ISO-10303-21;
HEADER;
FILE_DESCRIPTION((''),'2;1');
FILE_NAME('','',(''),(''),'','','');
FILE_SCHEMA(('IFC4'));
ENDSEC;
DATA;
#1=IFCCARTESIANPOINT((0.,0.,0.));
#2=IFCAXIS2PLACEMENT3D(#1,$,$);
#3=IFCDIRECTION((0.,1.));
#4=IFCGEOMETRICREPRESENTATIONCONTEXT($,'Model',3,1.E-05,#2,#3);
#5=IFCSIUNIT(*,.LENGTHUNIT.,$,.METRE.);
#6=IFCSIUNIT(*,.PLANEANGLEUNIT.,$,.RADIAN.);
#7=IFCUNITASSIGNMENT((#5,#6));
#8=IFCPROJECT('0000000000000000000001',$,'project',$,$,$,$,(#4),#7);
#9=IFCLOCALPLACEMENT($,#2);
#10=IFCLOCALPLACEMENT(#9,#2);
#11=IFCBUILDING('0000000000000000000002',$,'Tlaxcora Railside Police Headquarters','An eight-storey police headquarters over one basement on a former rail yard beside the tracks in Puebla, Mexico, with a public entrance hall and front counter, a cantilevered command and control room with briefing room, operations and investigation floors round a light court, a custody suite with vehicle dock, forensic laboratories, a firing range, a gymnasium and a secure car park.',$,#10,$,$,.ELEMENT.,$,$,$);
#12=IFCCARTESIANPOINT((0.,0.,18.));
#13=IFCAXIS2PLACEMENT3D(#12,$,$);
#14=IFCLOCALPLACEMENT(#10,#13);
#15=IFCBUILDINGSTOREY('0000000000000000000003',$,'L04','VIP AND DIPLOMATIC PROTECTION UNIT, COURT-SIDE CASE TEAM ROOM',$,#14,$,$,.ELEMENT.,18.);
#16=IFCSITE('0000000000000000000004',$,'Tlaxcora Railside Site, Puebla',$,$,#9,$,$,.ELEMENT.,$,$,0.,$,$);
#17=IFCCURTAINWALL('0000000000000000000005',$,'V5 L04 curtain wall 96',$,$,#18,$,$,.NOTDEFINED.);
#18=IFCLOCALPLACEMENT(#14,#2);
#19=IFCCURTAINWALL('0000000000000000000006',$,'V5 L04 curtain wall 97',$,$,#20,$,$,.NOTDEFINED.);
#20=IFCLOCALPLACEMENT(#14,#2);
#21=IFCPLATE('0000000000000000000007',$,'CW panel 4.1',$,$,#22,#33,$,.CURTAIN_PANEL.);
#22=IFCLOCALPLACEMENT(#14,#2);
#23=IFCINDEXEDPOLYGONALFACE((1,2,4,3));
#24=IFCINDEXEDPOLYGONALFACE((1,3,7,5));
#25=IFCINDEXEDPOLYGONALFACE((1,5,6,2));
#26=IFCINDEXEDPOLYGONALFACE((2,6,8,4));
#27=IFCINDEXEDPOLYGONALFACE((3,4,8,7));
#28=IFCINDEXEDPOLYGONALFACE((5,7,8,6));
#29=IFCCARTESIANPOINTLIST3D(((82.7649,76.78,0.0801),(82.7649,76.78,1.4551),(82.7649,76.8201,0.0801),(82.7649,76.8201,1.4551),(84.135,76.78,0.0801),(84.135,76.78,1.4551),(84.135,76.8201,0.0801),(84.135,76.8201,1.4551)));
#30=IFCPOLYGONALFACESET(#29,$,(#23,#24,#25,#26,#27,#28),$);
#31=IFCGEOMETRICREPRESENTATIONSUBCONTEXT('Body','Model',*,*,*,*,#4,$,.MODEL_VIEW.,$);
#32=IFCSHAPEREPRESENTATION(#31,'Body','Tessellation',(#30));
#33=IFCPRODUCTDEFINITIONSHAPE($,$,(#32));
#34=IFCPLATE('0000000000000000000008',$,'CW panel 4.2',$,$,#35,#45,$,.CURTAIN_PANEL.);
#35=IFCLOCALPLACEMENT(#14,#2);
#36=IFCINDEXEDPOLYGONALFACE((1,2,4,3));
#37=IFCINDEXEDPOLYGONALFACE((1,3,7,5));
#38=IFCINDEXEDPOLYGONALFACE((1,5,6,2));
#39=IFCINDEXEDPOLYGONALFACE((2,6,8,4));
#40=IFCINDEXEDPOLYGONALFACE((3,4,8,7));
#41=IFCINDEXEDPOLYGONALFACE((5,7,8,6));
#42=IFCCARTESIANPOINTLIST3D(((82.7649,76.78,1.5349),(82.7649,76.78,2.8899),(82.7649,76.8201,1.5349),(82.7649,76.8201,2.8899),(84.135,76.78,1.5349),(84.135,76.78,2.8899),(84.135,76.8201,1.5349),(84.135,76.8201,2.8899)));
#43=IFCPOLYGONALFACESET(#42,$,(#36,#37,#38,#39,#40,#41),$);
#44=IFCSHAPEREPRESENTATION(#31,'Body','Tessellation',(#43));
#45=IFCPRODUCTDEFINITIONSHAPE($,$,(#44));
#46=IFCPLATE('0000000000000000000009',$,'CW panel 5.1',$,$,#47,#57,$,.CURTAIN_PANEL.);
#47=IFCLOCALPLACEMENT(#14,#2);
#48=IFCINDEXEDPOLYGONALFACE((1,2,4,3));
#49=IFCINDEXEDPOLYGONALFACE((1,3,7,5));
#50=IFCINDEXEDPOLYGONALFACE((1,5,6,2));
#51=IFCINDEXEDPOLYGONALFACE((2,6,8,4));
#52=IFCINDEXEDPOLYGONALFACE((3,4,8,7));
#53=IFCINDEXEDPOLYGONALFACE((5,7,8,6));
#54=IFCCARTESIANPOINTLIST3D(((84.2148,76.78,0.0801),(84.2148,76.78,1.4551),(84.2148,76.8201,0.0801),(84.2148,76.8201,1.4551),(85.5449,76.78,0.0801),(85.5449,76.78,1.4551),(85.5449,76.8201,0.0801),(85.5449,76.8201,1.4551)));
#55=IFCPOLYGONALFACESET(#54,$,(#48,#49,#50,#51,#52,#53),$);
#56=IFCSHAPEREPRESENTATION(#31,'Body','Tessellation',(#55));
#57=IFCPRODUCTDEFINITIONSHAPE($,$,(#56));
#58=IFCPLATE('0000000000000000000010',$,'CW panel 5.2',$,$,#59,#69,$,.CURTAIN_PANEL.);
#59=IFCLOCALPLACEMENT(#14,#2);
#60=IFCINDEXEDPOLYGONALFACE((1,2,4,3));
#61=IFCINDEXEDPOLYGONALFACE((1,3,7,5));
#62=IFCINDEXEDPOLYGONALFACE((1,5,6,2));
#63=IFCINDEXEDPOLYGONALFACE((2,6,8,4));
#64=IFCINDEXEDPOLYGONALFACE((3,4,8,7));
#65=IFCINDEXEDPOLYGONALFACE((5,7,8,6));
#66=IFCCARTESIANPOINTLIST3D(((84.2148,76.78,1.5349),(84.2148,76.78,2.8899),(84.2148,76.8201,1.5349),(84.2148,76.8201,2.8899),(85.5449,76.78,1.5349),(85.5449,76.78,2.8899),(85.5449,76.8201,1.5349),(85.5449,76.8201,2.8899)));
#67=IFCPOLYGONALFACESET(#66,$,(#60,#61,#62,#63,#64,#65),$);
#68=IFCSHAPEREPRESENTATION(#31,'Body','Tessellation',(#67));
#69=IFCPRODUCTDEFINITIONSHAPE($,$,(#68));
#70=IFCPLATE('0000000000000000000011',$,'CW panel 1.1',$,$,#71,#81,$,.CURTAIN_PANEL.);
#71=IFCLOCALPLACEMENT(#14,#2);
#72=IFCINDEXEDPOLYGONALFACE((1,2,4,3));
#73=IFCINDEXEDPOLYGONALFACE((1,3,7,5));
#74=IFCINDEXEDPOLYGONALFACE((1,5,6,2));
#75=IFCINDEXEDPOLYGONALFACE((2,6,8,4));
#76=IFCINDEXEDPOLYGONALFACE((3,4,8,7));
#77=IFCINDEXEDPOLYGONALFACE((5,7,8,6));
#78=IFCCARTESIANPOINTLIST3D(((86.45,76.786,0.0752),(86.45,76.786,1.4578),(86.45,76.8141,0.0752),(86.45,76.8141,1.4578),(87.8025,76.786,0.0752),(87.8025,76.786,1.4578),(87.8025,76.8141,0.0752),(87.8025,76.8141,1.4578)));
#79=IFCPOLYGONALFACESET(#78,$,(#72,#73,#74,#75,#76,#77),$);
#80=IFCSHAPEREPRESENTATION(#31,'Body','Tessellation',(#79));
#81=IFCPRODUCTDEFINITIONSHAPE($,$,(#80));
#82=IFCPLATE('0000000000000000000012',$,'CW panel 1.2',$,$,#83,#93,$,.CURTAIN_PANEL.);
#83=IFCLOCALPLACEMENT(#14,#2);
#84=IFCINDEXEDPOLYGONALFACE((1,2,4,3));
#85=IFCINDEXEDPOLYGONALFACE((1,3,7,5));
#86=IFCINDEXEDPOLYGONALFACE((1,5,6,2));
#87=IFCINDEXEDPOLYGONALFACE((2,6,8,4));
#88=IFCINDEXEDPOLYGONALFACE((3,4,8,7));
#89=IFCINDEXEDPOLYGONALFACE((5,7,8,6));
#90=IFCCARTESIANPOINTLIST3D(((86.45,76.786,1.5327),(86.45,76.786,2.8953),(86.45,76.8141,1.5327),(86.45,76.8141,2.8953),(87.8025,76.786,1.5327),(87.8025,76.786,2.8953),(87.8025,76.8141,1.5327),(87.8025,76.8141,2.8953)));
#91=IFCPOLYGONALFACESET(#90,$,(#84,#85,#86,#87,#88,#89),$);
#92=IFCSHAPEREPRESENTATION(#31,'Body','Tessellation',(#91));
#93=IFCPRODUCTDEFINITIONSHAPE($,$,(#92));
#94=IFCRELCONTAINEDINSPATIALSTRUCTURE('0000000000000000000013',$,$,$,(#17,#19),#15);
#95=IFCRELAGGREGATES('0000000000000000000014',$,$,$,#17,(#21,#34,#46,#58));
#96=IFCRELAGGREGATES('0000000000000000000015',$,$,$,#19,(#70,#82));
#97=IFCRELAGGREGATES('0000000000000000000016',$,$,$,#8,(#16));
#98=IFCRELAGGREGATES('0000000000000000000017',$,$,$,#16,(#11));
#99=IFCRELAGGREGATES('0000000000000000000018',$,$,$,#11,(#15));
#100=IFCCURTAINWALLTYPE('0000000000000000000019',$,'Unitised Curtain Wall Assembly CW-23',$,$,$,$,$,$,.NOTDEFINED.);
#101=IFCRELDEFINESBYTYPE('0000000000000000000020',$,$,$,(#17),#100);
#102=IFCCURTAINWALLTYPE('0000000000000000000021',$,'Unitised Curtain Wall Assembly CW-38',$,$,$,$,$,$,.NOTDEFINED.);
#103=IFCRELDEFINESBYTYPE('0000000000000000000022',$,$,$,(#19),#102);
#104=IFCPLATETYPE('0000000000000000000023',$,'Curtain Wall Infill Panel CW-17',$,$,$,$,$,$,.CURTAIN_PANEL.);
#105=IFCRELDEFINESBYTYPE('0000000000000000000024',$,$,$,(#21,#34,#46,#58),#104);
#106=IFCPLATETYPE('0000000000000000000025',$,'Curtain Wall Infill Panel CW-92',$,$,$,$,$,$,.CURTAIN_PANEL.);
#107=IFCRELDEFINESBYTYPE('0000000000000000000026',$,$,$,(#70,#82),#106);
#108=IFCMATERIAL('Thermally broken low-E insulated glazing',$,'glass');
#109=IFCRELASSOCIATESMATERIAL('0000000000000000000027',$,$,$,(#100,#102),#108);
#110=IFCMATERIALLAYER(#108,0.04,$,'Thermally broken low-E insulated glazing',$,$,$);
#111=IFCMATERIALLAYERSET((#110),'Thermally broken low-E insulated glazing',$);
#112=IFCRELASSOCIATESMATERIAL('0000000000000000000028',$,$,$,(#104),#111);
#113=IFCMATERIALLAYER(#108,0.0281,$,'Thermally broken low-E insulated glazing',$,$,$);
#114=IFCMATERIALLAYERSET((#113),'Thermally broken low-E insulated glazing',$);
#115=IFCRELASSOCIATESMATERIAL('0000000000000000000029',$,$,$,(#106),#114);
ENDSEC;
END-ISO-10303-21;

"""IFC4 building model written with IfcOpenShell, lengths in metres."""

from ifc_helpers import new_model, si_unit, direction, frame, origin, origin_2d, place, context, subcontext, project, spatial, rectangle, extrude, material, layer, layer_set, type_object, element, aggregate, save


model = new_model("IFC4")

# Units and contexts
model_context = context("Model", 3, precision=1e-05, world=origin(), true_north=direction((0.0, 1.0)))
body_context = subcontext(model_context, "Body", "Model", "MODEL_VIEW")
ifc_project = project(units=[si_unit("LENGTHUNIT", "METRE"), si_unit("PLANEANGLEUNIT", "RADIAN")], contexts=[model_context])

# Site, building, storey
site_placement = place(None, origin())
site = spatial("IfcSite", under=ifc_project, at=site_placement, Name="Tlaxcora Railside Site, Puebla", CompositionType="ELEMENT", RefElevation=0.0)
building_placement = place(site_placement, origin())
building = spatial("IfcBuilding", under=site, at=building_placement, Name="Tlaxcora Railside Police Headquarters", Description="An eight-storey police headquarters over one basement on a former rail yard beside the tracks in Puebla, Mexico, with a public entrance hall and front counter, a cantilevered command and control room with briefing room, operations and investigation floors round a light court, a custody suite with vehicle dock, forensic laboratories, a firing range, a gymnasium and a secure car park.", CompositionType="ELEMENT")
storey_placement = place(building_placement, frame((0.0, 0.0, 18.0)))
storey = spatial("IfcBuildingStorey", under=building, at=storey_placement, Name="L04", Description="VIP AND DIPLOMATIC PROTECTION UNIT, COURT-SIDE CASE TEAM ROOM", CompositionType="ELEMENT", Elevation=18.0)

# Curtain walls
ifc_material_1 = material(Name="Thermally broken low-E insulated glazing", Category="glass")
curtain_wall_type_1 = type_object("IfcCurtainWallType", Name="Unitised Curtain Wall Assembly CW-23", PredefinedType="NOTDEFINED", material=ifc_material_1)
curtain_wall_1_placement = place(storey_placement, origin())
curtain_wall_1 = element("IfcCurtainWall", 1, at=curtain_wall_1_placement, inside=storey, type_object=curtain_wall_type_1, Name="V5 L04 curtain wall 96", PredefinedType="NOTDEFINED")
curtain_wall_type_2 = type_object("IfcCurtainWallType", Name="Unitised Curtain Wall Assembly CW-38", PredefinedType="NOTDEFINED", material=ifc_material_1)
curtain_wall_2_placement = place(storey_placement, origin())
curtain_wall_2 = element("IfcCurtainWall", 2, at=curtain_wall_2_placement, inside=storey, type_object=curtain_wall_type_2, Name="V5 L04 curtain wall 97", PredefinedType="NOTDEFINED")

# Plates
ifc_layer_1 = layer(ifc_material_1, 0.04, Name="Thermally broken low-E insulated glazing")
ifc_layer_set_1 = layer_set([ifc_layer_1], Name="Thermally broken low-E insulated glazing")
plate_type_1 = type_object("IfcPlateType", Name="Curtain Wall Infill Panel CW-17", PredefinedType="CURTAIN_PANEL", material=ifc_layer_set_1)
plate_1_placement = place(storey_placement, frame((83.45, 76.8, 0.0801), z_axis=(0.0, 0.0, 1.0), x_axis=(1.0, 0.0, 0.0)))
plate_1 = element("IfcPlate", 3, at=plate_1_placement, type_object=plate_type_1, Name="CW panel 4.1", PredefinedType="CURTAIN_PANEL", context=body_context, shape_type="SweptSolid", body=[
    extrude(rectangle(XDim=1.3701, YDim=0.04, at=origin_2d()), origin(), (0.0, 0.0, 1.0), 1.375),
])
plate_2_placement = place(storey_placement, frame((83.45, 76.8, 1.5349), z_axis=(0.0, 0.0, 1.0), x_axis=(1.0, 0.0, 0.0)))
plate_2 = element("IfcPlate", 4, at=plate_2_placement, type_object=plate_type_1, Name="CW panel 4.2", PredefinedType="CURTAIN_PANEL", context=body_context, shape_type="SweptSolid", body=[
    extrude(rectangle(XDim=1.3701, YDim=0.04, at=origin_2d()), origin(), (0.0, 0.0, 1.0), 1.355),
])
plate_3_placement = place(storey_placement, frame((84.8799, 76.8, 0.0801), z_axis=(0.0, 0.0, 1.0), x_axis=(1.0, 0.0, 0.0)))
plate_3 = element("IfcPlate", 5, at=plate_3_placement, type_object=plate_type_1, Name="CW panel 5.1", PredefinedType="CURTAIN_PANEL", context=body_context, shape_type="SweptSolid", body=[
    extrude(rectangle(XDim=1.3301, YDim=0.04, at=origin_2d()), origin(), (0.0, 0.0, 1.0), 1.375),
])
plate_4_placement = place(storey_placement, frame((84.8799, 76.8, 1.5349), z_axis=(0.0, 0.0, 1.0), x_axis=(1.0, 0.0, 0.0)))
plate_4 = element("IfcPlate", 6, at=plate_4_placement, type_object=plate_type_1, Name="CW panel 5.2", PredefinedType="CURTAIN_PANEL", context=body_context, shape_type="SweptSolid", body=[
    extrude(rectangle(XDim=1.3301, YDim=0.04, at=origin_2d()), origin(), (0.0, 0.0, 1.0), 1.355),
])
aggregate(curtain_wall_1, [plate_1, plate_2, plate_3, plate_4])
ifc_layer_2 = layer(ifc_material_1, 0.0281, Name="Thermally broken low-E insulated glazing")
ifc_layer_set_2 = layer_set([ifc_layer_2], Name="Thermally broken low-E insulated glazing")
plate_type_2 = type_object("IfcPlateType", Name="Curtain Wall Infill Panel CW-92", PredefinedType="CURTAIN_PANEL", material=ifc_layer_set_2)
plate_5_placement = place(storey_placement, frame((87.1262, 76.8, 0.0752), z_axis=(0.0, 0.0, 1.0), x_axis=(1.0, 0.0, 0.0)))
plate_5 = element("IfcPlate", 7, at=plate_5_placement, type_object=plate_type_2, Name="CW panel 1.1", PredefinedType="CURTAIN_PANEL", context=body_context, shape_type="SweptSolid", body=[
    extrude(rectangle(XDim=1.3525, YDim=0.0281, at=origin_2d()), origin(), (0.0, 0.0, 1.0), 1.3826),
])
plate_6_placement = place(storey_placement, frame((87.1262, 76.8, 1.5327), z_axis=(0.0, 0.0, 1.0), x_axis=(1.0, 0.0, 0.0)))
plate_6 = element("IfcPlate", 8, at=plate_6_placement, type_object=plate_type_2, Name="CW panel 1.2", PredefinedType="CURTAIN_PANEL", context=body_context, shape_type="SweptSolid", body=[
    extrude(rectangle(XDim=1.3525, YDim=0.0281, at=origin_2d()), origin(), (0.0, 0.0, 1.0), 1.3625),
])
aggregate(curtain_wall_2, [plate_5, plate_6])

save(model, "model.ifc")
